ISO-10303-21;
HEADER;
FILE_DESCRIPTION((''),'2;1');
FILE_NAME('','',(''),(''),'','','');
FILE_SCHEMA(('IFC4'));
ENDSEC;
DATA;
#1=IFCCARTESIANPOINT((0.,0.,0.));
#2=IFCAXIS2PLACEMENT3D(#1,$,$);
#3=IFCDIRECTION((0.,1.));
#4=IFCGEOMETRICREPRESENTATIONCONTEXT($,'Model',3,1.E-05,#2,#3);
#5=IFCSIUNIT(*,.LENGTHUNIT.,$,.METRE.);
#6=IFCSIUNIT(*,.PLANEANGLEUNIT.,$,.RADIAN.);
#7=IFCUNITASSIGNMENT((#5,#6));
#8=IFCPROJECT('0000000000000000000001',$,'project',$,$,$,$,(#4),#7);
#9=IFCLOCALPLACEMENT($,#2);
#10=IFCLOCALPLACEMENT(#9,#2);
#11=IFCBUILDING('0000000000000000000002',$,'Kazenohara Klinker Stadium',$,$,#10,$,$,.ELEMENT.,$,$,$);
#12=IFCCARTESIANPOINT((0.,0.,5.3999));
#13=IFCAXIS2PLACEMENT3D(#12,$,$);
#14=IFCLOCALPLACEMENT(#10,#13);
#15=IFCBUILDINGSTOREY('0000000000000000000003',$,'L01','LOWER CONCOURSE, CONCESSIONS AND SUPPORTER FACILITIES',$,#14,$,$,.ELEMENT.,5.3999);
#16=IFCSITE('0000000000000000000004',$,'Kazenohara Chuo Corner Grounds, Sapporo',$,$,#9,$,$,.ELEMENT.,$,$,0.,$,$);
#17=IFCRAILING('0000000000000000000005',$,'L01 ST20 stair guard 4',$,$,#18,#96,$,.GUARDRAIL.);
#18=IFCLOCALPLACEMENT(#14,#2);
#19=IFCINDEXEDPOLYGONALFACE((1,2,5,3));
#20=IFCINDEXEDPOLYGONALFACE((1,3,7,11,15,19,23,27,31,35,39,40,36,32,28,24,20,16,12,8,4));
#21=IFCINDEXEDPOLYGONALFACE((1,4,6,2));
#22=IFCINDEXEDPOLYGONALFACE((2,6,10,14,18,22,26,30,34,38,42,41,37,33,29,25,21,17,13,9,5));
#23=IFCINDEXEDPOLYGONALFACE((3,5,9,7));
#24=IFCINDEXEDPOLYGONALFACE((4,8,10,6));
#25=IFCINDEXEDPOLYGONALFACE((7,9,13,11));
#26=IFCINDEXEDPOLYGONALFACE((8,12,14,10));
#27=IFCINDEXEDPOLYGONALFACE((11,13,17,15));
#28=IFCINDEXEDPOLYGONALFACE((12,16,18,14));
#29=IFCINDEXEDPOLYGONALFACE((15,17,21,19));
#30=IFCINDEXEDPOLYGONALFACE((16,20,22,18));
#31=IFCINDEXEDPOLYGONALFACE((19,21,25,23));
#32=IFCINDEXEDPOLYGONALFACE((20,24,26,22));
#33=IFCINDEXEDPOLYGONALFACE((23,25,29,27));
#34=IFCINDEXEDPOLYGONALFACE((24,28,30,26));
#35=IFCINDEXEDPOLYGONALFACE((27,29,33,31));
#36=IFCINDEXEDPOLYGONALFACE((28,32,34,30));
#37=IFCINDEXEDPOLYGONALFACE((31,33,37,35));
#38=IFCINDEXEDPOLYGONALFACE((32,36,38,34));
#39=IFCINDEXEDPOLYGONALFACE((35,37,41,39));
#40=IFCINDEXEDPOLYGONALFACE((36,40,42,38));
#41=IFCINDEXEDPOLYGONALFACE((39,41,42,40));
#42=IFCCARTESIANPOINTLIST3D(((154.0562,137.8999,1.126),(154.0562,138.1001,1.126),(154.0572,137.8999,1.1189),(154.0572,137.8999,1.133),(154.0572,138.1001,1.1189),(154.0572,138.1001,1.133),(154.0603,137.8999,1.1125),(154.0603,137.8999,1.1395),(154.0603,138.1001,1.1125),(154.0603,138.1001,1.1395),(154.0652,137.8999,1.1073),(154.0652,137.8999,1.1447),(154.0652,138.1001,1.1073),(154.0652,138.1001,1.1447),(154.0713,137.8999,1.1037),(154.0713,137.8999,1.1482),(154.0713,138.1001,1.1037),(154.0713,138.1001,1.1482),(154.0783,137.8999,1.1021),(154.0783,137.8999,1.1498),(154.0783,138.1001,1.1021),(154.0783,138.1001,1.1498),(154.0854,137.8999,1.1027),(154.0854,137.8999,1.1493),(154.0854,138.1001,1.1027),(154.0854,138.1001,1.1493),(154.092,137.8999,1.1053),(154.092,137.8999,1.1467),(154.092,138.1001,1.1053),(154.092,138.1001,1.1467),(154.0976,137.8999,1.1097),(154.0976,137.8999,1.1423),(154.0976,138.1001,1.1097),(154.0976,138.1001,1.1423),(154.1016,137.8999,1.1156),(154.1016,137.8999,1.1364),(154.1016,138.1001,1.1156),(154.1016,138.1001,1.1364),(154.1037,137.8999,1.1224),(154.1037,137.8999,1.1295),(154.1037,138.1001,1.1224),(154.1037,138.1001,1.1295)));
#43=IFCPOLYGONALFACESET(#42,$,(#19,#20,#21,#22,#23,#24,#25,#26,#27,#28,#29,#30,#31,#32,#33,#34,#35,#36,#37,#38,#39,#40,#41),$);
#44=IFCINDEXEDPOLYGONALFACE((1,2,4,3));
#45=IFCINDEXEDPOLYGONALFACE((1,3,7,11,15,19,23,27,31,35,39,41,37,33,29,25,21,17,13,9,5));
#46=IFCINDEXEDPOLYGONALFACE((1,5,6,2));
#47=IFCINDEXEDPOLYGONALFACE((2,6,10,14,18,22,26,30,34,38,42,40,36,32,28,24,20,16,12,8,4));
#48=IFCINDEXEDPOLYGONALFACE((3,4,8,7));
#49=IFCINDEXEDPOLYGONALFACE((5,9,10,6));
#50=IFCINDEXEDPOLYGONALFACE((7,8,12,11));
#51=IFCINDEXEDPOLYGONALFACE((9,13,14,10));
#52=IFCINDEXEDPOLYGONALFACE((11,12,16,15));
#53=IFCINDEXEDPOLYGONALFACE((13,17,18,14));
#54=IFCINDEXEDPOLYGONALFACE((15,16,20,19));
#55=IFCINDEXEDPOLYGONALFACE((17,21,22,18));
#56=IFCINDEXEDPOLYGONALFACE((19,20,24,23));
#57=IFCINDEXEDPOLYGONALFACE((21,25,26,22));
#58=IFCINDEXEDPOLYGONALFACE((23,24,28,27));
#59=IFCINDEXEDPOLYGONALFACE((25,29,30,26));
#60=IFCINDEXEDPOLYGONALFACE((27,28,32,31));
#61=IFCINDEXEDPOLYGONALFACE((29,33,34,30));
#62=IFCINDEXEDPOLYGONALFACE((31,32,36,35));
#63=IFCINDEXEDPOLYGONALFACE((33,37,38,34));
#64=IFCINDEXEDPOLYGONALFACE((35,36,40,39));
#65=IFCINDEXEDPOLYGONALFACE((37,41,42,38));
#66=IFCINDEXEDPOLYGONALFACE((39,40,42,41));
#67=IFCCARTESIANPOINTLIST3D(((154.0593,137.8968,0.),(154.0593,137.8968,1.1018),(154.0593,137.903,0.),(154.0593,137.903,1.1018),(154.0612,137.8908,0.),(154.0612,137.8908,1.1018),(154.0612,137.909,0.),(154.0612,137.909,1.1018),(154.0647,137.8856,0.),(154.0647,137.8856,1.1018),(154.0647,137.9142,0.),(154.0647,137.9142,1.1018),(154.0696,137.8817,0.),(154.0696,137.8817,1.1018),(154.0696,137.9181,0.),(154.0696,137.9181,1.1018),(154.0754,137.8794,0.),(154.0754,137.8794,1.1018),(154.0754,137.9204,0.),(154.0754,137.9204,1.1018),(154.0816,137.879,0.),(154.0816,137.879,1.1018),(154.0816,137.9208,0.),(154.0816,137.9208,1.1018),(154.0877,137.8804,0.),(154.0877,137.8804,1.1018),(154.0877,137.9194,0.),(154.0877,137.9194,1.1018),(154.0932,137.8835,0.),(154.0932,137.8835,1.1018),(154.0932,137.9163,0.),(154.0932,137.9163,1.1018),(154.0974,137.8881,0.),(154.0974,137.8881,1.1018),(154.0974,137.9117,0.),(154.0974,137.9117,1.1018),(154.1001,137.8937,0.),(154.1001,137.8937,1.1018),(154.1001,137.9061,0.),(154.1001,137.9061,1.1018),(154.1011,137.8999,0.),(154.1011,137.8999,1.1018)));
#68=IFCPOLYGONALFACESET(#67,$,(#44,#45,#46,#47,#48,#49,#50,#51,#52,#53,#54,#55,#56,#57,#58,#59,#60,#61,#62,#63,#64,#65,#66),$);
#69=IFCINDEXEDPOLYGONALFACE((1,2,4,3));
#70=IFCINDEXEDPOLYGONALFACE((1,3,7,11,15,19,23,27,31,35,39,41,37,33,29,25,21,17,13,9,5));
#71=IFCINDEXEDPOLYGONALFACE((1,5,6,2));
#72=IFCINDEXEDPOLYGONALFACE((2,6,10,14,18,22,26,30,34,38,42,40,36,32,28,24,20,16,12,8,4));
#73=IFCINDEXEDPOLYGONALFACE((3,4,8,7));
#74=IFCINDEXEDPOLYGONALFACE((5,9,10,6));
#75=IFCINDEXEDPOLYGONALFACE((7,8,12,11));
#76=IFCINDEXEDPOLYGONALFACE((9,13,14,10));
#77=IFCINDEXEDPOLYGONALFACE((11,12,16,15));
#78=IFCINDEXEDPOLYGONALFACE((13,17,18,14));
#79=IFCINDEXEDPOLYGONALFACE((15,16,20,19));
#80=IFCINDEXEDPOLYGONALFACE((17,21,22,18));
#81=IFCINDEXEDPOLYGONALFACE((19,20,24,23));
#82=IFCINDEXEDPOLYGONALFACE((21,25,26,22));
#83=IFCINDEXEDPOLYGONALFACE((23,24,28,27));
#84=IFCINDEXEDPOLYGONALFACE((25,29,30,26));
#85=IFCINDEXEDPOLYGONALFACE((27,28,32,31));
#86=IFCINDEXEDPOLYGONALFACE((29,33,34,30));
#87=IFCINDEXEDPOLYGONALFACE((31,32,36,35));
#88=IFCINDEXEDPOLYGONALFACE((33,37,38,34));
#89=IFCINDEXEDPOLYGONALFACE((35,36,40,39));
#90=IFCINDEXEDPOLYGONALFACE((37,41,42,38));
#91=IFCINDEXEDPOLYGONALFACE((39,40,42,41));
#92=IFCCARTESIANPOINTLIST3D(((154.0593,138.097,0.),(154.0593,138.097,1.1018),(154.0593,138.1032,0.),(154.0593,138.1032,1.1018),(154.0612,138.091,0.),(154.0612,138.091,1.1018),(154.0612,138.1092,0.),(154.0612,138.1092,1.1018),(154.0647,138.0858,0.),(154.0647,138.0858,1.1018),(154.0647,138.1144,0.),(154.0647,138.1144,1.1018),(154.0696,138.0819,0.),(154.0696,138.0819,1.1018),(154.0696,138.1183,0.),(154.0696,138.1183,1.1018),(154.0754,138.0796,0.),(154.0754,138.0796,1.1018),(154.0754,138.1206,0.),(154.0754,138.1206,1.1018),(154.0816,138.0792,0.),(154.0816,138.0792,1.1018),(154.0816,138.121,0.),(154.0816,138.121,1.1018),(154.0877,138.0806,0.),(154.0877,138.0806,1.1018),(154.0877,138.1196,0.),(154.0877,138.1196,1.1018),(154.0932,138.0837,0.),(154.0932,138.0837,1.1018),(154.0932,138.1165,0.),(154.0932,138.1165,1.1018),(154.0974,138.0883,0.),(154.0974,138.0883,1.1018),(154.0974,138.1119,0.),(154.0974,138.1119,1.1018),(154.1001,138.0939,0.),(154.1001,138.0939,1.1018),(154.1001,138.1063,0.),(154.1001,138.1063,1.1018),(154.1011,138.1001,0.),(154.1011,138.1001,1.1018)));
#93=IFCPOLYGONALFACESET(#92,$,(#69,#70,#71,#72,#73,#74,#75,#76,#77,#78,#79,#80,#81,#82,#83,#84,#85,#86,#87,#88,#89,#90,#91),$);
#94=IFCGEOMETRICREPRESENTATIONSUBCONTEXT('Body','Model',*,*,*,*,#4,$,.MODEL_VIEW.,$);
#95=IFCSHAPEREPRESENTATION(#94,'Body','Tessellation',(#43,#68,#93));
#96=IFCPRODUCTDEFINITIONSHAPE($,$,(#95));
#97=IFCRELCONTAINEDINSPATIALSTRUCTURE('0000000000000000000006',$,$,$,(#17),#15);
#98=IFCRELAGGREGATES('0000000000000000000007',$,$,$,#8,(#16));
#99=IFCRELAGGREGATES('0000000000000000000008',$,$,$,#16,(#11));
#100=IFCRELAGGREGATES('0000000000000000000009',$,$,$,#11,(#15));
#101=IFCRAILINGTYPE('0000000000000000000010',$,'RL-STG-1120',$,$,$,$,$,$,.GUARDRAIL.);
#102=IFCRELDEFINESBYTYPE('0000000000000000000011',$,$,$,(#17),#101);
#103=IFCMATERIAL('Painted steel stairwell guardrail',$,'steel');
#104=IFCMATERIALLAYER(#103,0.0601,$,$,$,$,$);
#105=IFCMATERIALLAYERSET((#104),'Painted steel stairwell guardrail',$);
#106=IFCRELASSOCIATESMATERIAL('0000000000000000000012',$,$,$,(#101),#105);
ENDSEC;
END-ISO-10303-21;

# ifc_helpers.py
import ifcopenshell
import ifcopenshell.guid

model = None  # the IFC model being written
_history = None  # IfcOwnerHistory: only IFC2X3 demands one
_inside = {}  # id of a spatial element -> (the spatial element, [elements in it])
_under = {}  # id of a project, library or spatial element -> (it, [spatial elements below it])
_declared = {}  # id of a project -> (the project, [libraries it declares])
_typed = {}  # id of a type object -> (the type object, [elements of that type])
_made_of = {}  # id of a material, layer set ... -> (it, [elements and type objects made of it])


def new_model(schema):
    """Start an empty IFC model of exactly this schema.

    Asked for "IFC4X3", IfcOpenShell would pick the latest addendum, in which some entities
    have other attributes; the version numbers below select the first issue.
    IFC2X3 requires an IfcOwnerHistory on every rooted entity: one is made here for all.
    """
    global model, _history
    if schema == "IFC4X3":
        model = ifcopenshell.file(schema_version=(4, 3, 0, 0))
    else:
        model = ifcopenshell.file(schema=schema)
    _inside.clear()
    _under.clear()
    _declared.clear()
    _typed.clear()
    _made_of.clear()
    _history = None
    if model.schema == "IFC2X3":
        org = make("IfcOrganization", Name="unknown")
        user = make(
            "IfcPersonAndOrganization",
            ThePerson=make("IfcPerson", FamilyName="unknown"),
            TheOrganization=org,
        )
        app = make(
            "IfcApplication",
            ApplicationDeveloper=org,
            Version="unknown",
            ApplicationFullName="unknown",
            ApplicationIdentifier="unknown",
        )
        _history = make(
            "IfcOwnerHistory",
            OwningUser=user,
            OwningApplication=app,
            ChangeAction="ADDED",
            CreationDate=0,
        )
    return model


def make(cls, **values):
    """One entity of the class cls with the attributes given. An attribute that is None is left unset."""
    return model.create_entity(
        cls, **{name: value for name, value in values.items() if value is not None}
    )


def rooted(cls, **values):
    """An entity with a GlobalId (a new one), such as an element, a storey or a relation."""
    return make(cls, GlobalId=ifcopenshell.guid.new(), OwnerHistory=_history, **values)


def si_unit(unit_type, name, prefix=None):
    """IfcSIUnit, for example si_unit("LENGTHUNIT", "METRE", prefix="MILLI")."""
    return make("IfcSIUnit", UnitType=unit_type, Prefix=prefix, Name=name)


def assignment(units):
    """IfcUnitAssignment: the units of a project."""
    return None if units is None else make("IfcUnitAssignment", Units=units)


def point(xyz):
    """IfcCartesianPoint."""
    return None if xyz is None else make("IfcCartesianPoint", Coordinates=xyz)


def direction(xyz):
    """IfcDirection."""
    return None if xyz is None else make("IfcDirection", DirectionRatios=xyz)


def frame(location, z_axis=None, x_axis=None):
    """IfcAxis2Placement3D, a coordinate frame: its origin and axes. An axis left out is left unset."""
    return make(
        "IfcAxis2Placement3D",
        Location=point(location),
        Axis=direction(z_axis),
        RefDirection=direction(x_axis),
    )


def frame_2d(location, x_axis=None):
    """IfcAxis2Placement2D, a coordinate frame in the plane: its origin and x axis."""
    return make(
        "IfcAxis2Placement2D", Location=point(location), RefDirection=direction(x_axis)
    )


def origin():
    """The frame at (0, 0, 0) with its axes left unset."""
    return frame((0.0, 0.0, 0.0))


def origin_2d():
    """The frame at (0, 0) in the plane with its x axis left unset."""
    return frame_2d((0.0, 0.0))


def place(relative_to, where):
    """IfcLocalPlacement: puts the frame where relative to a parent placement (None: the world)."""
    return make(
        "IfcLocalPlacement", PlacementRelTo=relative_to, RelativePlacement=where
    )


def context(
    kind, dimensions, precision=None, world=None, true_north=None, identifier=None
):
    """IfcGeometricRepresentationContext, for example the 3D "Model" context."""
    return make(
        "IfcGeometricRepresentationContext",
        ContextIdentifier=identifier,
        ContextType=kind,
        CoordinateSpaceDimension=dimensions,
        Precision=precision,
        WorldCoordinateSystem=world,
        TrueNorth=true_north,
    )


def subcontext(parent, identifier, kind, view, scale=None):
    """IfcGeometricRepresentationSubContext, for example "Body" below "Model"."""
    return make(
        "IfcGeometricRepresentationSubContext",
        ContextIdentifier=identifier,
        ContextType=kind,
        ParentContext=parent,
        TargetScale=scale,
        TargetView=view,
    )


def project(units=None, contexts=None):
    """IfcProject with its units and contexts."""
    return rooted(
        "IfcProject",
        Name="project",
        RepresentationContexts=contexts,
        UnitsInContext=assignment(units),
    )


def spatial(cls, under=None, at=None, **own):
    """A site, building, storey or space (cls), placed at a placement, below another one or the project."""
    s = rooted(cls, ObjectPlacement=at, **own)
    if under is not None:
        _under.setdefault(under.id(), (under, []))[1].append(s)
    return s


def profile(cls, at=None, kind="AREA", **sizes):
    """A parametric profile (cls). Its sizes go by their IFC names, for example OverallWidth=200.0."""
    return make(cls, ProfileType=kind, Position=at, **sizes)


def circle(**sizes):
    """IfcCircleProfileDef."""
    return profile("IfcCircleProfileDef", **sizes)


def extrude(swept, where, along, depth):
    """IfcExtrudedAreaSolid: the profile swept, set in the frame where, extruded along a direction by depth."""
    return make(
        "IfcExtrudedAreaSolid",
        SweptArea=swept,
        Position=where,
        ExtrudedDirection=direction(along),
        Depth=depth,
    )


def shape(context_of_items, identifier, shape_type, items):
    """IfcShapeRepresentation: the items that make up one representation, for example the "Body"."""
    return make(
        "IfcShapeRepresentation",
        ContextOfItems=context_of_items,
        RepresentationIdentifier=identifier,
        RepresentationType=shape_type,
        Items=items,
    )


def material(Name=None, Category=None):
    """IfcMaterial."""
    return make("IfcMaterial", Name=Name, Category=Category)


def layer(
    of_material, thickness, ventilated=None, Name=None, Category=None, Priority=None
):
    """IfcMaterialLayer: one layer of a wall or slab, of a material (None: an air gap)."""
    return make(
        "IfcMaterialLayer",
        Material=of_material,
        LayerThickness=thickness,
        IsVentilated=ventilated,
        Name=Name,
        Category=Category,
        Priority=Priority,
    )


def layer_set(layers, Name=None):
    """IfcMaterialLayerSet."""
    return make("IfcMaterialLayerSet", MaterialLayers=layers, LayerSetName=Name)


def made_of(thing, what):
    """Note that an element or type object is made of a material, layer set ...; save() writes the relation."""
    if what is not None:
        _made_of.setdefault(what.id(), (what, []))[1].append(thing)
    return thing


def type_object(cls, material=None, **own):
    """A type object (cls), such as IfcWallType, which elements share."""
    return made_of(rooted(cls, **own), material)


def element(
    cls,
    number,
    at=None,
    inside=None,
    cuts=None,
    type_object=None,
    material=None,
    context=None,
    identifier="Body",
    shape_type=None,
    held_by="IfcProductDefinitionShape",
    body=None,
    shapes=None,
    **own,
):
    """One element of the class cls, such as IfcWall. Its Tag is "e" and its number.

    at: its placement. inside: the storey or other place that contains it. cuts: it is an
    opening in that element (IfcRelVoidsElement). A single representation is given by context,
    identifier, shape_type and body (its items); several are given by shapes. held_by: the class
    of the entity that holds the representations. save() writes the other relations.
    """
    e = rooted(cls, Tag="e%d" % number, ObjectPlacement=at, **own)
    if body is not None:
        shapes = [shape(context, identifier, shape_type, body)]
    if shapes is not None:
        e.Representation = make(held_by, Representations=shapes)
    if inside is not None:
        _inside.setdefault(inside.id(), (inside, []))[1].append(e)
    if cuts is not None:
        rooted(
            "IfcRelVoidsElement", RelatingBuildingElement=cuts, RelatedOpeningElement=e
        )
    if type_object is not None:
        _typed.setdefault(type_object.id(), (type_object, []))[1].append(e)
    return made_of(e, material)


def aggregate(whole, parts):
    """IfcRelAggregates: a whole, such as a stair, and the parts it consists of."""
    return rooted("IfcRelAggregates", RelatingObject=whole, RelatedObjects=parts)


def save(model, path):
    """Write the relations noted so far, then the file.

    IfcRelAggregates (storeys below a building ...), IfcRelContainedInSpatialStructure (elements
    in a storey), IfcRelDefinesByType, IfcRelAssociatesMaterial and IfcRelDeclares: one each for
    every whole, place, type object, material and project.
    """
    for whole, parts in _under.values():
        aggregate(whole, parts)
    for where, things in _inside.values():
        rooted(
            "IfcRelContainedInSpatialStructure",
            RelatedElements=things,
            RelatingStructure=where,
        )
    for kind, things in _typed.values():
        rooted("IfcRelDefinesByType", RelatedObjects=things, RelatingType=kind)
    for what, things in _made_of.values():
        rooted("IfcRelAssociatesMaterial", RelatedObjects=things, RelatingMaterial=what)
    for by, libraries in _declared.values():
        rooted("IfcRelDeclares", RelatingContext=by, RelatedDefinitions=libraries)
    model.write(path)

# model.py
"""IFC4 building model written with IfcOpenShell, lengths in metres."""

from ifc_helpers import new_model, si_unit, direction, frame, origin, origin_2d, place, context, subcontext, project, spatial, circle, extrude, material, layer, layer_set, type_object, element, save


model = new_model("IFC4")

# Units and contexts
model_context = context("Model", 3, precision=1e-05, world=origin(), true_north=direction((0.0, 1.0)))
body_context = subcontext(model_context, "Body", "Model", "MODEL_VIEW")
ifc_project = project(units=[si_unit("LENGTHUNIT", "METRE"), si_unit("PLANEANGLEUNIT", "RADIAN")], contexts=[model_context])

# Site, building, storey
site_placement = place(None, origin())
site = spatial("IfcSite", under=ifc_project, at=site_placement, Name="Kazenohara Chuo Corner Grounds, Sapporo", CompositionType="ELEMENT", RefElevation=0.0)
building_placement = place(site_placement, origin())
building = spatial("IfcBuilding", under=site, at=building_placement, Name="Kazenohara Klinker Stadium", CompositionType="ELEMENT")
storey_placement = place(building_placement, frame((0.0, 0.0, 5.3999)))
storey = spatial("IfcBuildingStorey", under=building, at=storey_placement, Name="L01", Description="LOWER CONCOURSE, CONCESSIONS AND SUPPORTER FACILITIES", CompositionType="ELEMENT", Elevation=5.3999)

# Railing
ifc_material_1 = material(Name="Painted steel stairwell guardrail", Category="steel")
ifc_layer_1 = layer(ifc_material_1, 0.0601)
ifc_layer_set_1 = layer_set([ifc_layer_1], Name="Painted steel stairwell guardrail")
railing_type_1 = type_object("IfcRailingType", Name="RL-STG-1120", PredefinedType="GUARDRAIL", material=ifc_layer_set_1)
railing_1_placement = place(storey_placement, frame((154.0801, 137.8999, 0.0)))
element("IfcRailing", 1, at=railing_1_placement, inside=storey, type_object=railing_type_1, Name="L01 ST20 stair guard 4", PredefinedType="GUARDRAIL", context=body_context, shape_type="SweptSolid", body=[
    extrude(circle(Radius=0.0239, at=origin_2d()), frame((0.0, 0.0, 1.126), z_axis=(0.0, 1.0, 0.0), x_axis=(-1.0, 0.0, 0.0)), (0.0, 0.0, 1.0), 0.2002),
    extrude(circle(Radius=0.021, at=origin_2d()), origin(), (0.0, 0.0, 1.0), 1.1018),
    extrude(circle(Radius=0.021, at=origin_2d()), frame((0.0, 0.2002, 0.0)), (0.0, 0.0, 1.0), 1.1018),
])

save(model, "model.ifc")
